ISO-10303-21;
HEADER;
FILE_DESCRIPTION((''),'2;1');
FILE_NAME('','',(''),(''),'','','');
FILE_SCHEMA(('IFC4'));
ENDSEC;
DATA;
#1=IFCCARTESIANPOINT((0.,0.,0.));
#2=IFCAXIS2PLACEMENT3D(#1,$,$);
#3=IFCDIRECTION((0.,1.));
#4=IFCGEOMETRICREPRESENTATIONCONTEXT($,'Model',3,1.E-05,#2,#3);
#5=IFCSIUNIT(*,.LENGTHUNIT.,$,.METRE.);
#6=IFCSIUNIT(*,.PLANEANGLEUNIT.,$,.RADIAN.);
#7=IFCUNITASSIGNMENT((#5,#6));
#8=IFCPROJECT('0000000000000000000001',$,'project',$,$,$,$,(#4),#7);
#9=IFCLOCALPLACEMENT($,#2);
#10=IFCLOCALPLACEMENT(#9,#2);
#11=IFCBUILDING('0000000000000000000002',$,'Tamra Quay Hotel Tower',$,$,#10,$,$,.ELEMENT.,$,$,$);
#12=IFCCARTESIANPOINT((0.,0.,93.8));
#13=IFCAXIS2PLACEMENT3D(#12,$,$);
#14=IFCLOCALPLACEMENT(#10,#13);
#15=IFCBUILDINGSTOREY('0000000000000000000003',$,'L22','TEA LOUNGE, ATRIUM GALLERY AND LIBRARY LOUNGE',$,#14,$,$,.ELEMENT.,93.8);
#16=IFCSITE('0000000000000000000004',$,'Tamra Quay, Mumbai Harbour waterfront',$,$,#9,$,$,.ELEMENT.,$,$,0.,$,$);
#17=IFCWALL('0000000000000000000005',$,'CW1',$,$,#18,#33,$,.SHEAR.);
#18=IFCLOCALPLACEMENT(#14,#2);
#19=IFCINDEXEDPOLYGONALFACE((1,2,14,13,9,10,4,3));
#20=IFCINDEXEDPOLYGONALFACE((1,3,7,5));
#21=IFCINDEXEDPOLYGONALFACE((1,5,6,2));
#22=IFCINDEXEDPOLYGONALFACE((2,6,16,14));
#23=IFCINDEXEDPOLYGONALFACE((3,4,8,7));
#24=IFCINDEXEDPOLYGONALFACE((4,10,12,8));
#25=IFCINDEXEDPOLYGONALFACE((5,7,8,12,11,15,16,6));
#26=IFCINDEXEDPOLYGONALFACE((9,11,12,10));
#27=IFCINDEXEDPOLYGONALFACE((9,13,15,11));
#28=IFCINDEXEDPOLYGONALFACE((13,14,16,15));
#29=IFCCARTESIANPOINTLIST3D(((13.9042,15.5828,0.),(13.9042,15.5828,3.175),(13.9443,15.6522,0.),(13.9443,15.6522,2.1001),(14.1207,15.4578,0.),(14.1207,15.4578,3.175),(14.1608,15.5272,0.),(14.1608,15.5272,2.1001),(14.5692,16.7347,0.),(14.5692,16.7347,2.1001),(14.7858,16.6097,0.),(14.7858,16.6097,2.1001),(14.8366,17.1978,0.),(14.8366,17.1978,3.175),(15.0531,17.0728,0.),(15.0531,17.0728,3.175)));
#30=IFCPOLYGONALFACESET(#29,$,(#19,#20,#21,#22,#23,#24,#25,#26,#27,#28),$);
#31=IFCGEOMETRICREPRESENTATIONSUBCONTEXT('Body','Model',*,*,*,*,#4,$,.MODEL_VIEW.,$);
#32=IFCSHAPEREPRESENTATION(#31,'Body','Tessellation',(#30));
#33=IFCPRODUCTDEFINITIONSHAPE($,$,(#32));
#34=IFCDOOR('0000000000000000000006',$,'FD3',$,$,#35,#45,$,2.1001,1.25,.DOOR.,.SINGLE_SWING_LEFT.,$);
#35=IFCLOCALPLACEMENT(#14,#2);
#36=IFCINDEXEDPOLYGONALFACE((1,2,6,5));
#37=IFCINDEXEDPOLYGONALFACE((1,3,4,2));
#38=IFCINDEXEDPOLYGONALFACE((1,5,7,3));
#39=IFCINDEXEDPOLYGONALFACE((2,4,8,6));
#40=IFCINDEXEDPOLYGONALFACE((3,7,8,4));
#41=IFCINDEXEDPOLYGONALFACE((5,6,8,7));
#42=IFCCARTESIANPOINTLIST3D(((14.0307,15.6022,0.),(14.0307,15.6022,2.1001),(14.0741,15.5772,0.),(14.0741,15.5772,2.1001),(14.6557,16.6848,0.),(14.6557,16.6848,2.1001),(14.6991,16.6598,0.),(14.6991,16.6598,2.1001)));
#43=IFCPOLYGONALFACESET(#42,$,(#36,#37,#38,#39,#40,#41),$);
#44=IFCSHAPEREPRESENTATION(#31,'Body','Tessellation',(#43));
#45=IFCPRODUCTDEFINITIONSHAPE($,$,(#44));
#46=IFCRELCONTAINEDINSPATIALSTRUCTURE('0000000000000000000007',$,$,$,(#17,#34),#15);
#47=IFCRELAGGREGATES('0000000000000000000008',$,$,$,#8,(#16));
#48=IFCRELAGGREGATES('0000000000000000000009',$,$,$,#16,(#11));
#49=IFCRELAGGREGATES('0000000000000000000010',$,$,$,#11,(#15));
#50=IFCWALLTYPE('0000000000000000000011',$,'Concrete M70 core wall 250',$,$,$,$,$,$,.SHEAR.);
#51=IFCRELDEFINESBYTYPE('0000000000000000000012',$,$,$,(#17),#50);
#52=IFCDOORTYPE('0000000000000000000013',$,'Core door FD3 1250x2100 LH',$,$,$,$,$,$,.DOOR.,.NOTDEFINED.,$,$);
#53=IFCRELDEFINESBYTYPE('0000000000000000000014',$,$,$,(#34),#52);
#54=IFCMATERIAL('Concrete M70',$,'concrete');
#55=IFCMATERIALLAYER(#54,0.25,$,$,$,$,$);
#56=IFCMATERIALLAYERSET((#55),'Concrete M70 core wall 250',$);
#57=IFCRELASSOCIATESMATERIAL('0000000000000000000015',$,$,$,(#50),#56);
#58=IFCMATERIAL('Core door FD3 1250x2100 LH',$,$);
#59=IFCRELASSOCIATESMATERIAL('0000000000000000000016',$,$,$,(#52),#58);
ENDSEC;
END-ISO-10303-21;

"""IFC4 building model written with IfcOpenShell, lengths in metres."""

from ifc_helpers import new_model, si_unit, direction, frame, frame_2d, origin, place, context, subcontext, project, spatial, rectangle, extrude, material, layer, layer_set, type_object, element, fill, save


model = new_model("IFC4")

# Units and contexts
model_context = context("Model", 3, precision=1e-05, world=origin(), true_north=direction((0.0, 1.0)))
body_context = subcontext(model_context, "Body", "Model", "MODEL_VIEW")
ifc_project = project(units=[si_unit("LENGTHUNIT", "METRE"), si_unit("PLANEANGLEUNIT", "RADIAN")], contexts=[model_context])

# Site, building, storey
site_placement = place(None, origin())
site = spatial("IfcSite", under=ifc_project, at=site_placement, Name="Tamra Quay, Mumbai Harbour waterfront", CompositionType="ELEMENT", RefElevation=0.0)
building_placement = place(site_placement, origin())
building = spatial("IfcBuilding", under=site, at=building_placement, Name="Tamra Quay Hotel Tower", CompositionType="ELEMENT")
storey_placement = place(building_placement, frame((0.0, 0.0, 93.8)))
storey = spatial("IfcBuildingStorey", under=building, at=storey_placement, Name="L22", Description="TEA LOUNGE, ATRIUM GALLERY AND LIBRARY LOUNGE", CompositionType="ELEMENT", Elevation=93.8)

# Shared definitions
ifc_material_1 = material(Name="Concrete M70", Category="concrete")

# Shared definitions
ifc_layer_1 = layer(ifc_material_1, 0.25)
ifc_layer_set_1 = layer_set([ifc_layer_1], Name="Concrete M70 core wall 250")
wall_type_1 = type_object("IfcWallType", Name="Concrete M70 core wall 250", PredefinedType="SHEAR", material=ifc_layer_set_1)

# Wall, opening, door
wall_1_placement = place(storey_placement, frame((14.9448, 17.1353, 0.0), z_axis=(0.0, 0.0, 1.0), x_axis=(-0.499983, -0.866035, 0.0)))
wall_1 = element("IfcWall", 1, at=wall_1_placement, inside=storey, type_object=wall_type_1, Name="CW1", PredefinedType="SHEAR", context=body_context, shape_type="SweptSolid", body=[
    extrude(rectangle(XDim=1.8647, YDim=0.25, at=frame_2d((0.9324, 0.0))), origin(), (0.0, 0.0, 1.0), 3.175),
])
opening_1_placement = place(wall_1_placement, frame((0.5347, 0.0, 0.0)))
opening_1 = element("IfcOpeningElement", 2, at=opening_1_placement, cuts=wall_1, PredefinedType="OPENING", context=body_context, shape_type="SweptSolid", body=[
    extrude(rectangle(XDim=1.25, YDim=2.1001, at=frame_2d((0.625, 1.05))), frame((0.0, 0.135, 0.0), z_axis=(0.0, -1.0, 0.0), x_axis=(1.0, 0.0, 0.0)), (0.0, 0.0, 1.0), 0.27),
])
ifc_material_2 = material(Name="Core door FD3 1250x2100 LH")
door_type_1 = type_object("IfcDoorType", Name="Core door FD3 1250x2100 LH", OperationType="NOTDEFINED", PredefinedType="DOOR", material=ifc_material_2)
door_1_placement = place(opening_1_placement, origin())
door_1 = element("IfcDoor", 3, at=door_1_placement, inside=storey, type_object=door_type_1, Name="FD3", OperationType="SINGLE_SWING_LEFT", OverallHeight=2.1001, OverallWidth=1.25, PredefinedType="DOOR", context=body_context, shape_type="SweptSolid", body=[
    extrude(rectangle(XDim=1.25, YDim=2.1001, at=frame_2d((0.625, 1.05))), frame((0.0, 0.0249, 0.0), z_axis=(0.0, -1.0, 0.0), x_axis=(1.0, 0.0, 0.0)), (0.0, 0.0, 1.0), 0.05),
])
fill(opening_1, door_1)

save(model, "model.ifc")
